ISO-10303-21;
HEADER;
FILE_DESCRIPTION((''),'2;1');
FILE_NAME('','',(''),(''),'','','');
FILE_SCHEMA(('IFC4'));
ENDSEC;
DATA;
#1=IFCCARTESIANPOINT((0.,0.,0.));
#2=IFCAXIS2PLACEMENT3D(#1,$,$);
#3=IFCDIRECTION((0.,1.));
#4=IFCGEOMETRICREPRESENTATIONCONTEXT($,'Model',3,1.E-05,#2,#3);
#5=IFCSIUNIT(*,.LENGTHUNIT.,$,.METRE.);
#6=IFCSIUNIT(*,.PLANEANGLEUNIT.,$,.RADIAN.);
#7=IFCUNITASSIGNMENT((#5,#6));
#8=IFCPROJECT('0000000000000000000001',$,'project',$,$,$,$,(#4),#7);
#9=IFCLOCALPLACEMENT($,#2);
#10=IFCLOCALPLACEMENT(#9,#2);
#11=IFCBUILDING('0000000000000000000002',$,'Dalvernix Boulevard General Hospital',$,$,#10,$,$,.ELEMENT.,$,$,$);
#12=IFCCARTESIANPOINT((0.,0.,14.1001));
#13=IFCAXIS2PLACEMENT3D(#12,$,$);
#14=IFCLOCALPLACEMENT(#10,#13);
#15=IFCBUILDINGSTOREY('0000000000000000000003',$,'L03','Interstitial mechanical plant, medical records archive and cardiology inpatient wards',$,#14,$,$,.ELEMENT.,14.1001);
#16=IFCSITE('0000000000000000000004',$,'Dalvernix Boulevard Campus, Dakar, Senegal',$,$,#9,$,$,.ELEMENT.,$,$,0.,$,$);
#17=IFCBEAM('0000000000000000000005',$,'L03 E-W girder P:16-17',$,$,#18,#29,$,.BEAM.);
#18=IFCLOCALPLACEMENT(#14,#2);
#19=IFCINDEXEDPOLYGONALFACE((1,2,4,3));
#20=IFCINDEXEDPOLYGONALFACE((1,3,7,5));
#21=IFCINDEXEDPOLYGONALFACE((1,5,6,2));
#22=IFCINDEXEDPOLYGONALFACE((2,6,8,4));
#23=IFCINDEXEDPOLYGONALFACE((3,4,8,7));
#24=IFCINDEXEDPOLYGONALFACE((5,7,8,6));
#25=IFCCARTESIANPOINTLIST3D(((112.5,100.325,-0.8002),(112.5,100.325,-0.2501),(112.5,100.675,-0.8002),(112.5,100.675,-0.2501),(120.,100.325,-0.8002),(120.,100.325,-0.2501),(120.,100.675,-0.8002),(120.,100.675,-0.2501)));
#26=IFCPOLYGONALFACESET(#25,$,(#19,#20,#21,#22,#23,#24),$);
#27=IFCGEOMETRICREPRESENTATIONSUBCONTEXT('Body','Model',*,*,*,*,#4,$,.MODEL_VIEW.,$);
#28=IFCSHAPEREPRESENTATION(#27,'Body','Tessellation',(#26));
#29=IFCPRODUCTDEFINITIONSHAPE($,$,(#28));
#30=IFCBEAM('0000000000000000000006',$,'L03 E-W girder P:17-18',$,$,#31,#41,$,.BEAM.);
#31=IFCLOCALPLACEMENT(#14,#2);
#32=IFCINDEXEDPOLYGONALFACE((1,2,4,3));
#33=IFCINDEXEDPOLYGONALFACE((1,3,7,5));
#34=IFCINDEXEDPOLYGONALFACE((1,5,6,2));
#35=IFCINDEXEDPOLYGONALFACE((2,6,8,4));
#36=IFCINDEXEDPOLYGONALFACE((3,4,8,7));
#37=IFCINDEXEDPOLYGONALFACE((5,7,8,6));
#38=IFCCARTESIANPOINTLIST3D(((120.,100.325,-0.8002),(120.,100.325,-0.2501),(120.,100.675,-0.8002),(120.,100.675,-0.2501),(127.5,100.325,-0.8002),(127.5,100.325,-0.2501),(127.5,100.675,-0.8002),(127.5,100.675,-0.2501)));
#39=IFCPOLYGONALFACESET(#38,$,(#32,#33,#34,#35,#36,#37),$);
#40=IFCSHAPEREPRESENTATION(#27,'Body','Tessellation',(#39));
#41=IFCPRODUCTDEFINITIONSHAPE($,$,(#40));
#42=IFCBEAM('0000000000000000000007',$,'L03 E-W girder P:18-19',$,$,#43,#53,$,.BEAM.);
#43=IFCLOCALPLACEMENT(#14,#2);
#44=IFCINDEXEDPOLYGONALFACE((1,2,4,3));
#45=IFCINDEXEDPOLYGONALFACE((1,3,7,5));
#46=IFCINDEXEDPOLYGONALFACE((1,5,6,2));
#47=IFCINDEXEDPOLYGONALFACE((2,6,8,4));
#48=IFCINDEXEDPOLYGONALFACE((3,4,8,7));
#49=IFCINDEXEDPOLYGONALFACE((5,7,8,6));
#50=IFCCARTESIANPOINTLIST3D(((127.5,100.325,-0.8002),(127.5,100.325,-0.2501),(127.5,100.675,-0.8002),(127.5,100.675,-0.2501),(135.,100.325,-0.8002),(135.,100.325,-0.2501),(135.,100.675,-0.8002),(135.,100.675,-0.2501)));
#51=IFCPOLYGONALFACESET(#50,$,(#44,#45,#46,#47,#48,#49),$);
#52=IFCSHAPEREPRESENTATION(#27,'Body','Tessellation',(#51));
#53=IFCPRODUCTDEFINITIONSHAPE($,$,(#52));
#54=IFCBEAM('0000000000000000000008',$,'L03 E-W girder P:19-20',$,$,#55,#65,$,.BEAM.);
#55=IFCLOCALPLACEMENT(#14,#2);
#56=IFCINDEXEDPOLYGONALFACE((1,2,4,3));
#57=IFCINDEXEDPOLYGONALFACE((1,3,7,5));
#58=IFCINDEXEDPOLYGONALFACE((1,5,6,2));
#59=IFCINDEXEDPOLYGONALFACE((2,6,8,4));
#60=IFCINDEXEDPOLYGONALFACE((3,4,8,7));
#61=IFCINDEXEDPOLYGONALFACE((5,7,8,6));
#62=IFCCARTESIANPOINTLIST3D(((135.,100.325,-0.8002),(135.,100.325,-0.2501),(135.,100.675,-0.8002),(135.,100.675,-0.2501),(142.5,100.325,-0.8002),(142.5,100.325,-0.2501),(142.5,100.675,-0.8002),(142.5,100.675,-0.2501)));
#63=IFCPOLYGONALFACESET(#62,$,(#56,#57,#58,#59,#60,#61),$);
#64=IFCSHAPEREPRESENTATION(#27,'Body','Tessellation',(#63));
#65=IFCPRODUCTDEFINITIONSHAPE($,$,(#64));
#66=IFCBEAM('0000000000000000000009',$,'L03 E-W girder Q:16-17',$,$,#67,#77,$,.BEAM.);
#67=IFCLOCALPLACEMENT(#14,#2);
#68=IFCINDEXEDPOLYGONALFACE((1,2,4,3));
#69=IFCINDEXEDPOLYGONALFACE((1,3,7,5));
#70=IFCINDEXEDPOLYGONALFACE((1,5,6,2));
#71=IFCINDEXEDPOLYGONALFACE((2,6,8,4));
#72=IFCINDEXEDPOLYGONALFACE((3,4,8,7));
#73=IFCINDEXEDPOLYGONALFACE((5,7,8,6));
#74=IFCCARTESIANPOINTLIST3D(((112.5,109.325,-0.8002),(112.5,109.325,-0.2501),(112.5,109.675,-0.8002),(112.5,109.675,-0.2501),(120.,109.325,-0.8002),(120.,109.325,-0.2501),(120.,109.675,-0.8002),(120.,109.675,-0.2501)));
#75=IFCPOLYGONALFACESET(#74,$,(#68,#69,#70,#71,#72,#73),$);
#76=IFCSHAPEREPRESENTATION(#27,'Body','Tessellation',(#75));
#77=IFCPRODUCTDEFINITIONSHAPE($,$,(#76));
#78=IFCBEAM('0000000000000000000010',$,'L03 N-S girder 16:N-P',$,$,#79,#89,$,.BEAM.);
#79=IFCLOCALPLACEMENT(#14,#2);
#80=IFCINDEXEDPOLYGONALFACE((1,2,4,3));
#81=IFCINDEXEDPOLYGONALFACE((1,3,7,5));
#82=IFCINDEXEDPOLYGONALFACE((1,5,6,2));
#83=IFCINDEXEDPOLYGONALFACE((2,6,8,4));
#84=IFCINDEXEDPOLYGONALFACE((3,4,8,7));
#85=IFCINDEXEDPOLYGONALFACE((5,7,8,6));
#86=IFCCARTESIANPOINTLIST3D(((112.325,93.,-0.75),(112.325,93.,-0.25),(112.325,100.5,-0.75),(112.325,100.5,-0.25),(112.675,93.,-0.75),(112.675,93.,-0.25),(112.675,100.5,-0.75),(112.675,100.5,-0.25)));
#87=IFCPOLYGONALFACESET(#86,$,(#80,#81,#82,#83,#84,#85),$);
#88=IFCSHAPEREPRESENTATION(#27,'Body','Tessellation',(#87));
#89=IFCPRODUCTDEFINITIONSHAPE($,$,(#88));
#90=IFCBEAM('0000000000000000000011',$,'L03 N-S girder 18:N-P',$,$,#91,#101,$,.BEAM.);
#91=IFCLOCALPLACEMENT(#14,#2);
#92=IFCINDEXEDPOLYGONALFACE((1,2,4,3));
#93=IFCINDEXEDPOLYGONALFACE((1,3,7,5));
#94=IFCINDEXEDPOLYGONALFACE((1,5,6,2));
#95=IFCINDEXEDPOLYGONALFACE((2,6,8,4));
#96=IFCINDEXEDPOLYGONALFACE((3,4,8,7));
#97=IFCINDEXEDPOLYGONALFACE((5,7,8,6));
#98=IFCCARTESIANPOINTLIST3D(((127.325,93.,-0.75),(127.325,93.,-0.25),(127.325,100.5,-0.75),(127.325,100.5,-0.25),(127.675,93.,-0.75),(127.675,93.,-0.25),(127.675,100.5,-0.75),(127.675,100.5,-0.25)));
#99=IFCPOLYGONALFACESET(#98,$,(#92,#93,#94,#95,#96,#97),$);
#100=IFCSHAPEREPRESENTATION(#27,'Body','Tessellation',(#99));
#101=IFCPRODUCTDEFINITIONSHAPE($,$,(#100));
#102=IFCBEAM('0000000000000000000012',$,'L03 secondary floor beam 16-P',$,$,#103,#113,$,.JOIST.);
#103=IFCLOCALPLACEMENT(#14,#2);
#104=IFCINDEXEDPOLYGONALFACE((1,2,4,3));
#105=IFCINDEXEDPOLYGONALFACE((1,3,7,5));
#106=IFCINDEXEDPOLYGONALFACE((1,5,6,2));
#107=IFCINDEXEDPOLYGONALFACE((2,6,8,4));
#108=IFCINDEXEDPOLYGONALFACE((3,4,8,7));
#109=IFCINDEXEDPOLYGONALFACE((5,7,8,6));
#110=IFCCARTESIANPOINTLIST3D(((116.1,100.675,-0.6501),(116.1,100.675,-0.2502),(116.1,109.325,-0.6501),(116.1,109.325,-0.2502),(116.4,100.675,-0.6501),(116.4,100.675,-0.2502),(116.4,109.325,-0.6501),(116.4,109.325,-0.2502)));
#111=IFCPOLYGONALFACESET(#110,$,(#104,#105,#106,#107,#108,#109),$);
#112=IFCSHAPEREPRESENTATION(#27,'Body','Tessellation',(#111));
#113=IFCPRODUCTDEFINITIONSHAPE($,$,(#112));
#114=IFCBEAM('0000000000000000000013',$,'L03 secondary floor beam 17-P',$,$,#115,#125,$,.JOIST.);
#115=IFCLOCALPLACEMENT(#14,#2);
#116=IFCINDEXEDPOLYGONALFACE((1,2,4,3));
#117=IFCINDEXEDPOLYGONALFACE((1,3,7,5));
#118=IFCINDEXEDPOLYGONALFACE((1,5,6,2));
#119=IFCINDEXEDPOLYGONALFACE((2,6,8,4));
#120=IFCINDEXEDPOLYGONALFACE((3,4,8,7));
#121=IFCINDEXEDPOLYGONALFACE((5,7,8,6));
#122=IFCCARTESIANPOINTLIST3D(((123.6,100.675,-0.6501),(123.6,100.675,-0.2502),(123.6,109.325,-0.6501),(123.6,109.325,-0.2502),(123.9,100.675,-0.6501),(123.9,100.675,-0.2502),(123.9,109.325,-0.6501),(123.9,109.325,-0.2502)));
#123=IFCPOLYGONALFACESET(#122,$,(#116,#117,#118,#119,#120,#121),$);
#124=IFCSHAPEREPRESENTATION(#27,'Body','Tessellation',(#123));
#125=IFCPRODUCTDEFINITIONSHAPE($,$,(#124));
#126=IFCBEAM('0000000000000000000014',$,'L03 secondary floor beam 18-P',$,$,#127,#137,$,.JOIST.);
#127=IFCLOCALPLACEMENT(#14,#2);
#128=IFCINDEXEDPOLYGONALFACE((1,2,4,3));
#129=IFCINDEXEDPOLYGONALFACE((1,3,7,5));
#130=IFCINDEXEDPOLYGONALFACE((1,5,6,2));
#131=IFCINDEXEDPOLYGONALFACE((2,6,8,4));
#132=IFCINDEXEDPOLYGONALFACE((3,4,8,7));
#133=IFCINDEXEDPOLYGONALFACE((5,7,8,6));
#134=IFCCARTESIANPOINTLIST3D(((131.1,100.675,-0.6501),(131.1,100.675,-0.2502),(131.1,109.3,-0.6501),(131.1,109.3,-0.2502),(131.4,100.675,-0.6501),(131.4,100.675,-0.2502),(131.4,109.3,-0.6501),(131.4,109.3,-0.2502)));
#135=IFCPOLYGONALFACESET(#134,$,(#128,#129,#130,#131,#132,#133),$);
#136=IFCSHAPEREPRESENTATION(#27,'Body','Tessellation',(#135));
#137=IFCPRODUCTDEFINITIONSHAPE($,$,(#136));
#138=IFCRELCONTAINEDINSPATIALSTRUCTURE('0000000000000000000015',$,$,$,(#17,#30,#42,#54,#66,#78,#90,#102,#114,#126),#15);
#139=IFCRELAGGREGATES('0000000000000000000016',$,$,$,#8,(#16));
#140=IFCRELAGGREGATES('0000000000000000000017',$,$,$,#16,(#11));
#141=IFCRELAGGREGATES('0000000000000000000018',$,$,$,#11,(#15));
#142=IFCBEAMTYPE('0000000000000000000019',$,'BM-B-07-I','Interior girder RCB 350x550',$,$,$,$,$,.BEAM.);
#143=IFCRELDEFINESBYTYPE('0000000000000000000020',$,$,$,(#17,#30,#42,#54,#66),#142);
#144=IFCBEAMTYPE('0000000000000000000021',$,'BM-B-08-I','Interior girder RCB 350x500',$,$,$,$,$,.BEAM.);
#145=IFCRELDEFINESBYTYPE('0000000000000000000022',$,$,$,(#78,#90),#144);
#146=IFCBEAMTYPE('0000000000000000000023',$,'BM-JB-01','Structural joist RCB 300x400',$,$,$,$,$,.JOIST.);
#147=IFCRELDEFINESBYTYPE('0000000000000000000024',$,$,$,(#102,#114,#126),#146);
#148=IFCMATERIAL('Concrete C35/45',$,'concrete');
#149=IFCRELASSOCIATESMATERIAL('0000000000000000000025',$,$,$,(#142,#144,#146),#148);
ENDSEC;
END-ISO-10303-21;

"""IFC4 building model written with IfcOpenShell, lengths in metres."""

from ifc_helpers import new_model, si_unit, direction, frame, origin, origin_2d, place, context, subcontext, project, spatial, rectangle, extrude, material, material_profile, profile_set, type_object, element, save


model = new_model("IFC4")

# Units and contexts
model_context = context("Model", 3, precision=1e-05, world=origin(), true_north=direction((0.0, 1.0)))
body_context = subcontext(model_context, "Body", "Model", "MODEL_VIEW")
ifc_project = project(units=[si_unit("LENGTHUNIT", "METRE"), si_unit("PLANEANGLEUNIT", "RADIAN")], contexts=[model_context])

# Site, building, storey
site_placement = place(None, origin())
site = spatial("IfcSite", under=ifc_project, at=site_placement, Name="Dalvernix Boulevard Campus, Dakar, Senegal", CompositionType="ELEMENT", RefElevation=0.0)
building_placement = place(site_placement, origin())
building = spatial("IfcBuilding", under=site, at=building_placement, Name="Dalvernix Boulevard General Hospital", CompositionType="ELEMENT")
storey_placement = place(building_placement, frame((0.0, 0.0, 14.1001)))
storey = spatial("IfcBuildingStorey", under=building, at=storey_placement, Name="L03", Description="Interstitial mechanical plant, medical records archive and cardiology inpatient wards", CompositionType="ELEMENT", Elevation=14.1001)

# Beams
ifc_material_1 = material(Name="Concrete C35/45", Category="concrete")
ifc_material_profile_1 = material_profile(ifc_material_1, rectangle(XDim=0.3501, YDim=0.55, at=origin_2d()), Name="RCB 350x550")
ifc_profile_set_1 = profile_set([ifc_material_profile_1], Name="Concrete C35/45")
beam_type_1 = type_object("IfcBeamType", Name="BM-B-07-I", Description="Interior girder RCB 350x550", PredefinedType="BEAM", material=ifc_profile_set_1)
for number, where, z_axis, x_axis, name in (
    (1, (112.5, 100.5, -0.5251), (1.0, 0.0, 0.0), (0.0, 1.0, 0.0), "L03 E-W girder P:16-17"),
    (2, (120.0, 100.5, -0.5251), (1.0, 0.0, 0.0), (0.0, 1.0, 0.0), "L03 E-W girder P:17-18"),
    (3, (127.5, 100.5, -0.5251), (1.0, 0.0, 0.0), (0.0, 1.0, 0.0), "L03 E-W girder P:18-19"),
    (4, (135.0, 100.5, -0.5251), (1.0, 0.0, 0.0), (0.0, 1.0, 0.0), "L03 E-W girder P:19-20"),
    (5, (112.5, 109.5, -0.5251), (1.0, 0.0, 0.0), (0.0, 1.0, 0.0), "L03 E-W girder Q:16-17"),
):
    element("IfcBeam", number, at=place(storey_placement, frame(where, z_axis=z_axis, x_axis=x_axis)), inside=storey, type_object=beam_type_1, Name=name, PredefinedType="BEAM", context=body_context, shape_type="SweptSolid", body=[
        extrude(rectangle(XDim=0.3501, YDim=0.55, at=origin_2d()), origin(), (0.0, 0.0, 1.0), 7.5),
    ])
ifc_material_profile_2 = material_profile(ifc_material_1, rectangle(XDim=0.3501, YDim=0.5, at=origin_2d()), Name="RCB 350x500")
ifc_profile_set_2 = profile_set([ifc_material_profile_2], Name="Concrete C35/45")
beam_type_2 = type_object("IfcBeamType", Name="BM-B-08-I", Description="Interior girder RCB 350x500", PredefinedType="BEAM", material=ifc_profile_set_2)
for number, where, z_axis, x_axis, name in (
    (6, (112.5, 93.0, -0.5), (0.0, 1.0, 0.0), (-1.0, 0.0, 0.0), "L03 N-S girder 16:N-P"),
    (7, (127.5, 93.0, -0.5), (0.0, 1.0, 0.0), (-1.0, 0.0, 0.0), "L03 N-S girder 18:N-P"),
):
    element("IfcBeam", number, at=place(storey_placement, frame(where, z_axis=z_axis, x_axis=x_axis)), inside=storey, type_object=beam_type_2, Name=name, PredefinedType="BEAM", context=body_context, shape_type="SweptSolid", body=[
        extrude(rectangle(XDim=0.3501, YDim=0.5, at=origin_2d()), origin(), (0.0, 0.0, 1.0), 7.5),
    ])
ifc_material_profile_3 = material_profile(ifc_material_1, rectangle(XDim=0.3, YDim=0.3999, at=origin_2d()), Name="RCB 300x400")
ifc_profile_set_3 = profile_set([ifc_material_profile_3], Name="Concrete C35/45")
beam_type_3 = type_object("IfcBeamType", Name="BM-JB-01", Description="Structural joist RCB 300x400", PredefinedType="JOIST", material=ifc_profile_set_3)
for number, where, z_axis, x_axis, name in (
    (8, (116.25, 100.675, -0.4502), (0.0, 1.0, 0.0), (-1.0, 0.0, 0.0), "L03 secondary floor beam 16-P"),
    (9, (123.75, 100.675, -0.4502), (0.0, 1.0, 0.0), (-1.0, 0.0, 0.0), "L03 secondary floor beam 17-P"),
):
    element("IfcBeam", number, at=place(storey_placement, frame(where, z_axis=z_axis, x_axis=x_axis)), inside=storey, type_object=beam_type_3, Name=name, PredefinedType="JOIST", context=body_context, shape_type="SweptSolid", body=[
        extrude(rectangle(XDim=0.3, YDim=0.3999, at=origin_2d()), origin(), (0.0, 0.0, 1.0), 8.6499),
    ])
beam_placement = place(storey_placement, frame((131.25, 100.675, -0.4502), z_axis=(0.0, 1.0, 0.0), x_axis=(-1.0, 0.0, 0.0)))
element("IfcBeam", 10, at=beam_placement, inside=storey, type_object=beam_type_3, Name="L03 secondary floor beam 18-P", PredefinedType="JOIST", context=body_context, shape_type="SweptSolid", body=[
    extrude(rectangle(XDim=0.3, YDim=0.3999, at=origin_2d()), origin(), (0.0, 0.0, 1.0), 8.625),
])

save(model, "model.ifc")
